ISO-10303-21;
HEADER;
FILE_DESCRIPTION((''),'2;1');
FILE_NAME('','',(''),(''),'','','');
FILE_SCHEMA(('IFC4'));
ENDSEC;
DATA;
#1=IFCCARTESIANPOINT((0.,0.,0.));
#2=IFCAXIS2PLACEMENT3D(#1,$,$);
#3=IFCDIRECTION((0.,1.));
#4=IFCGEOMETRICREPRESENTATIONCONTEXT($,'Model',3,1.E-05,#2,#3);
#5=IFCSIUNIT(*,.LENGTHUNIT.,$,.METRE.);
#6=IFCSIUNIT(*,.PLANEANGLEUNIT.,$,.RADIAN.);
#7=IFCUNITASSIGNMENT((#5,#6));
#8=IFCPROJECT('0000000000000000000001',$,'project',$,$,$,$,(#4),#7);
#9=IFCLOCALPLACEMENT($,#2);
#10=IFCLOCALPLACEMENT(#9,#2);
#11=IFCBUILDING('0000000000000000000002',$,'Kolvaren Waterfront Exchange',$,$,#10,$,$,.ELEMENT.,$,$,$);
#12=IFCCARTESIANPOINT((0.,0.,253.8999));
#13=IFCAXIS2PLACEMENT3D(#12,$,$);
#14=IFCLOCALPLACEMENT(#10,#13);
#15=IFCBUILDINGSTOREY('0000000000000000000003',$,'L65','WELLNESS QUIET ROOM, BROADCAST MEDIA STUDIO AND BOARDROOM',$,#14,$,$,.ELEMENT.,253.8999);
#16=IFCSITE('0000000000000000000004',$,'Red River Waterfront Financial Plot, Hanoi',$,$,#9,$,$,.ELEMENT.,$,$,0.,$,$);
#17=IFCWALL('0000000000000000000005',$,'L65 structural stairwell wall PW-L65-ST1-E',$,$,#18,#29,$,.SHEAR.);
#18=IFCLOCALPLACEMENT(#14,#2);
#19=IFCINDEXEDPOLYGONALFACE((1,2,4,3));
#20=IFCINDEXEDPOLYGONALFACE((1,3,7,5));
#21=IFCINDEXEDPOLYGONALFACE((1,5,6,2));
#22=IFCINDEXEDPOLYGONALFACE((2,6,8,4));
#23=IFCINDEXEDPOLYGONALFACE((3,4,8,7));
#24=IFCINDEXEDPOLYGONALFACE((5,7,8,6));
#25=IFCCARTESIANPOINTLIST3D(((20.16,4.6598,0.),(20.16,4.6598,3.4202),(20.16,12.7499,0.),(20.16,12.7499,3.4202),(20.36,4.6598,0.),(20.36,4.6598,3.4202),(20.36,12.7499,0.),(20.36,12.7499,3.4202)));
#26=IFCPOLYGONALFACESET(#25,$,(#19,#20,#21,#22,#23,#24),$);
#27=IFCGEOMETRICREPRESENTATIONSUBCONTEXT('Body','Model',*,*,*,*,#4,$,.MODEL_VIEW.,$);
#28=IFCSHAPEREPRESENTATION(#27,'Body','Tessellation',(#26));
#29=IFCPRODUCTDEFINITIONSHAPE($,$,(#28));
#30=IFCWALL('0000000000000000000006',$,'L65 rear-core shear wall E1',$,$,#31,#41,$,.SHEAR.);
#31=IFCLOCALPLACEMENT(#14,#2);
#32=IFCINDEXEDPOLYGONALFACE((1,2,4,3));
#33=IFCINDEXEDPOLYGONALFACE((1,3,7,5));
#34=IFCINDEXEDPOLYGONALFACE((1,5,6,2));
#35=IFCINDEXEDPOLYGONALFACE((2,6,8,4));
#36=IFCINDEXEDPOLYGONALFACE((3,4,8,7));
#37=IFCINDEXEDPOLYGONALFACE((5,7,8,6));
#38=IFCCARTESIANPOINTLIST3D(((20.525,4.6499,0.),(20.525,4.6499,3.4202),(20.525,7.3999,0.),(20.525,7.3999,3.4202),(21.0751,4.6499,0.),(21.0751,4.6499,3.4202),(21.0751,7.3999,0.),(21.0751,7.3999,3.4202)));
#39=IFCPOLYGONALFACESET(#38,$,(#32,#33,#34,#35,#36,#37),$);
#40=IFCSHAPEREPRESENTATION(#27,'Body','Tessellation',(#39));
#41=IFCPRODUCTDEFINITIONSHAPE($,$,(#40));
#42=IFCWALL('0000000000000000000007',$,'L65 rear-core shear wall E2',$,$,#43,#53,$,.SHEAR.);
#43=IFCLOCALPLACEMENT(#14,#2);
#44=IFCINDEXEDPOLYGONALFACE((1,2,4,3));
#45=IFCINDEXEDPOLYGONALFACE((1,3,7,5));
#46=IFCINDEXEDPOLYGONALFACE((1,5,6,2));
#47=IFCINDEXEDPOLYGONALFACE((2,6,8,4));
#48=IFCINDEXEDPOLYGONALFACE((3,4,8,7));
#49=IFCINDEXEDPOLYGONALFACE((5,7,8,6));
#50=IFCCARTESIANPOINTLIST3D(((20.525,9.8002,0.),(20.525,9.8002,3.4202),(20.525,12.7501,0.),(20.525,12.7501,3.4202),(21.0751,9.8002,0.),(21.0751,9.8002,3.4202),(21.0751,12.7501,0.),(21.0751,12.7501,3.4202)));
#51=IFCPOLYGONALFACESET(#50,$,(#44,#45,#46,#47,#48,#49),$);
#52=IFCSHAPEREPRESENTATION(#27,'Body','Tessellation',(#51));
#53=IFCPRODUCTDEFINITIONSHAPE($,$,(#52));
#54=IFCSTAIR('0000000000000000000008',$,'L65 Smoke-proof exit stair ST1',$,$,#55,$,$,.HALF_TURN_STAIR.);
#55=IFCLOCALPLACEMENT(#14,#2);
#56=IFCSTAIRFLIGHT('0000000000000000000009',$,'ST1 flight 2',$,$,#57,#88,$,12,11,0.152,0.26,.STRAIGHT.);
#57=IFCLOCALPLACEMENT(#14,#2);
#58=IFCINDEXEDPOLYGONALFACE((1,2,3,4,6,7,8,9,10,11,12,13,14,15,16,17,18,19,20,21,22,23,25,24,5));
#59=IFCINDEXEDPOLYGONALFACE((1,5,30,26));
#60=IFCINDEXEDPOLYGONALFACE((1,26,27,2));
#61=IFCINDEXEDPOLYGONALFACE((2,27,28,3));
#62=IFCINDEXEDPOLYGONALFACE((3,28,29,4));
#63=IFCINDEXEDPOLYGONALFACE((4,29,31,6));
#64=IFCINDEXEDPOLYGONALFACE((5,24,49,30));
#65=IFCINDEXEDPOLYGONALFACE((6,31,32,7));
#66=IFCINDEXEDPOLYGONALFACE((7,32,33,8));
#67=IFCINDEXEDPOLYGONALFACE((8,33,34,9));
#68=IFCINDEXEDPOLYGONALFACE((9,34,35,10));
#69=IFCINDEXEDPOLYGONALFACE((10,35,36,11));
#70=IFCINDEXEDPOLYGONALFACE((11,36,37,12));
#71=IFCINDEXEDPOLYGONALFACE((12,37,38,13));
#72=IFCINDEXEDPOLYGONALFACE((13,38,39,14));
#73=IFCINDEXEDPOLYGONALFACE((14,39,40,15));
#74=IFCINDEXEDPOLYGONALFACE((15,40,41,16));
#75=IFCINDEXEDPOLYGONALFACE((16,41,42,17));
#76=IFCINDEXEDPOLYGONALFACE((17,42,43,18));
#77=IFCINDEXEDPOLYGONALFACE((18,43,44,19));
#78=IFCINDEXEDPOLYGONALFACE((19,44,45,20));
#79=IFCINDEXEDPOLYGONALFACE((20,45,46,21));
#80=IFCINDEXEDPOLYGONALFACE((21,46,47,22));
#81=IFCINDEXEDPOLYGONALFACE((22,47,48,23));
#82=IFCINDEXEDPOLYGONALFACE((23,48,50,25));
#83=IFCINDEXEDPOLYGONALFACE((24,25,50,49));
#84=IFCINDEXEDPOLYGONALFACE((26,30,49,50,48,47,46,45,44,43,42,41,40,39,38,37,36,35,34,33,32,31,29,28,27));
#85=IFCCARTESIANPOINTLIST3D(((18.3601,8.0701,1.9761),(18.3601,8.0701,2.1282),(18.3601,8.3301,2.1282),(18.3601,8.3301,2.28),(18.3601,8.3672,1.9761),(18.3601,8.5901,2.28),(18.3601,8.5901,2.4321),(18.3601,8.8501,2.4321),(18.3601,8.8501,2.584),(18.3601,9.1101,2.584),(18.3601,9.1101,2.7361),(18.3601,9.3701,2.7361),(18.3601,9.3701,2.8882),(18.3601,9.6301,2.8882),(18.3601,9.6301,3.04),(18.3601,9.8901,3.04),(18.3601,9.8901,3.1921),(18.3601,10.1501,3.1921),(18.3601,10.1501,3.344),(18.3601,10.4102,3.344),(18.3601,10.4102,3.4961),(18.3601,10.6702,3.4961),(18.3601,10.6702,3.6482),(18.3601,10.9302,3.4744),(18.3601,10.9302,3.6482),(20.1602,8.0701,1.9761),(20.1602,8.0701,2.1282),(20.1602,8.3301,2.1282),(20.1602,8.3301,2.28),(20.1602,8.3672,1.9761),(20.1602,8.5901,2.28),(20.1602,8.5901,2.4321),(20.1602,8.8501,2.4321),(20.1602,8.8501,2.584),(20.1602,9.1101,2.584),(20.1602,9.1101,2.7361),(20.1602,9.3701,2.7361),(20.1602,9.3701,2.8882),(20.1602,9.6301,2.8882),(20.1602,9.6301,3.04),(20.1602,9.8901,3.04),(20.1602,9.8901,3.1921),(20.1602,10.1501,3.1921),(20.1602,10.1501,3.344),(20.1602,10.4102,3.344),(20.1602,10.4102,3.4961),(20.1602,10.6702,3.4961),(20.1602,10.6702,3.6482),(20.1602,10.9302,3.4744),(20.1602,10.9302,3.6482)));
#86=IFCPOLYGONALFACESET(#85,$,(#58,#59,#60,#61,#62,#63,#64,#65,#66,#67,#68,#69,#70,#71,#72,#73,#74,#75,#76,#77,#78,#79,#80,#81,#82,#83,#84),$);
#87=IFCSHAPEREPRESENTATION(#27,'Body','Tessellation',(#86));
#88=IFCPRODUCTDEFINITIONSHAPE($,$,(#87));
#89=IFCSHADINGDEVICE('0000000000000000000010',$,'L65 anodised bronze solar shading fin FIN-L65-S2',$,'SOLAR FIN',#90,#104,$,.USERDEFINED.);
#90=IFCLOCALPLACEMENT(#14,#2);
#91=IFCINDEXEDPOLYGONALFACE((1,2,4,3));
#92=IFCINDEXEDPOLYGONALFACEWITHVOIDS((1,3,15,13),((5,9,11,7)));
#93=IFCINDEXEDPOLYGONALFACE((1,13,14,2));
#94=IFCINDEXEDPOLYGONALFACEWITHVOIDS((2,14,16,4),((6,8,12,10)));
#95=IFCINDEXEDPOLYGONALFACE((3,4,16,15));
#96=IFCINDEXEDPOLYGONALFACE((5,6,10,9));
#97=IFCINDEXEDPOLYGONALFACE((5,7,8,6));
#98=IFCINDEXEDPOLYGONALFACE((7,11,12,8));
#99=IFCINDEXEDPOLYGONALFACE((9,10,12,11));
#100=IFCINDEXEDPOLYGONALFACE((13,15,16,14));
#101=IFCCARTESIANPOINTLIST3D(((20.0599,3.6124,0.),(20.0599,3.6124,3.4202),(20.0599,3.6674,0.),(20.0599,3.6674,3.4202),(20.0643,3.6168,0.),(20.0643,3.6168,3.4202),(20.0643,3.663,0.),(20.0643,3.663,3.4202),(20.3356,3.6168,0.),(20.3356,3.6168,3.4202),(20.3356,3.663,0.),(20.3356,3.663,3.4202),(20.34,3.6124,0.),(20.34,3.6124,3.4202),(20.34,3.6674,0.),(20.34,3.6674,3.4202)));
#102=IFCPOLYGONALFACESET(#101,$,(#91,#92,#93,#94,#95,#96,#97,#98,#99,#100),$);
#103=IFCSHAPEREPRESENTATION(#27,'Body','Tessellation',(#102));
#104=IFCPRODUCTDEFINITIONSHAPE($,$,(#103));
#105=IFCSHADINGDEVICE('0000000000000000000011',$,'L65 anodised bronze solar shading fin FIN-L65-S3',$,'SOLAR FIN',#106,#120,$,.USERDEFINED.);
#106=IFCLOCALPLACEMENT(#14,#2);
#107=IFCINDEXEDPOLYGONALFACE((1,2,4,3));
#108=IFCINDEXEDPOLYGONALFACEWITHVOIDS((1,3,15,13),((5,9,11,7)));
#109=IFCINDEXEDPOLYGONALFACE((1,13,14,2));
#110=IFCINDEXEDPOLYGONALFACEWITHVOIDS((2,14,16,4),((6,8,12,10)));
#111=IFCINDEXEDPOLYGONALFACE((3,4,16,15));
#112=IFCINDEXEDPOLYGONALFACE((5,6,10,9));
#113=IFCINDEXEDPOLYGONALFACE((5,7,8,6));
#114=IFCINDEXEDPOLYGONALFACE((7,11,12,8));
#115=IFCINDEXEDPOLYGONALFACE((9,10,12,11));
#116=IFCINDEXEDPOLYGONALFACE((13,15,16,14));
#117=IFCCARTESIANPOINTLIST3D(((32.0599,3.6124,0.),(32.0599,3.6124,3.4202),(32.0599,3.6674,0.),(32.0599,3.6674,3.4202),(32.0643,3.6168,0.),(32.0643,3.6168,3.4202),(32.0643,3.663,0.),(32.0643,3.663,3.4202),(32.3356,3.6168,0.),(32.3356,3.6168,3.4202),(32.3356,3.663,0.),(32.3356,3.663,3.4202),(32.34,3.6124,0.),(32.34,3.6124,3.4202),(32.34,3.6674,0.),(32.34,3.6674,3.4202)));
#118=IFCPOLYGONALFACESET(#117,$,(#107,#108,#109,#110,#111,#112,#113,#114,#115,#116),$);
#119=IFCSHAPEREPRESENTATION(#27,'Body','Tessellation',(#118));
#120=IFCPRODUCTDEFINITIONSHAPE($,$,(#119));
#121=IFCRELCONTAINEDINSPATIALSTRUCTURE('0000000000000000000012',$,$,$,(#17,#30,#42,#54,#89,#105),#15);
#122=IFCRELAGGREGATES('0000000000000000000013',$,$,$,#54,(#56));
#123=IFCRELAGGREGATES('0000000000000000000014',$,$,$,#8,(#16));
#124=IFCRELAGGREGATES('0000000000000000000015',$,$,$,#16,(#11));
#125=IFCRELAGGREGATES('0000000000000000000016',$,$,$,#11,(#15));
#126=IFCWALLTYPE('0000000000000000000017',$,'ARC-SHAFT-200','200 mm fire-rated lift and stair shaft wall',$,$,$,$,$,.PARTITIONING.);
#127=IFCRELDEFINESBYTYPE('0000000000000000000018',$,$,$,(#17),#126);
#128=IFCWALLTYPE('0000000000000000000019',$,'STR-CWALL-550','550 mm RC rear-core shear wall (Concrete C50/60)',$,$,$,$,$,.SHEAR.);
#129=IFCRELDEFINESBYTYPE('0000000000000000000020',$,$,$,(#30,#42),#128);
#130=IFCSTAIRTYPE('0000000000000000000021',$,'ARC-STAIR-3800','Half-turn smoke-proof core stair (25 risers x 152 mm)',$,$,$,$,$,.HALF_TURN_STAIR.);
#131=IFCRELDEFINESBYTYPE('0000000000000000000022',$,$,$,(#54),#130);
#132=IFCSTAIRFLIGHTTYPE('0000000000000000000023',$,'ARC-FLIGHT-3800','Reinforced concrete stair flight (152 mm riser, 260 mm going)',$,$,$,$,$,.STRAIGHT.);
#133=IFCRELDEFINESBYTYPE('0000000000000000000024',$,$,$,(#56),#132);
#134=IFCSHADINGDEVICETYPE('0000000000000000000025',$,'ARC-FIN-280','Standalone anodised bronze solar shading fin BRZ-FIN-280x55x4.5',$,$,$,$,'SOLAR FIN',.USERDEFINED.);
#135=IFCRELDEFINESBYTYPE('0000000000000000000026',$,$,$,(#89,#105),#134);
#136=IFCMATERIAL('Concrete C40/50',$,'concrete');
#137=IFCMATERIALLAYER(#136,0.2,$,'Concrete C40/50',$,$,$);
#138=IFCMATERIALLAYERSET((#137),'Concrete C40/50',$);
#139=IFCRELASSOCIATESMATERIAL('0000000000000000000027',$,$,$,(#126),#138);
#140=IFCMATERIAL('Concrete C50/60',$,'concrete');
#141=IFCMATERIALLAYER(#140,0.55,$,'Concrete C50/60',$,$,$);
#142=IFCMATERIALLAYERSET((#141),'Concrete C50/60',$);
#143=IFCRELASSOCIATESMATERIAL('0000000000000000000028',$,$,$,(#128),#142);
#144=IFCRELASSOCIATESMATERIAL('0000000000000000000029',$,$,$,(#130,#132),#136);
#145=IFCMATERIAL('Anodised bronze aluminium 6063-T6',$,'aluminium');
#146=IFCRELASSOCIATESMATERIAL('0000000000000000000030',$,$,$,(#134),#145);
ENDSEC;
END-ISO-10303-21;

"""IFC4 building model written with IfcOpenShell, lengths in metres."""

from ifc_helpers import new_model, si_unit, direction, frame, frame_2d, origin, origin_2d, place, context, subcontext, project, spatial, polyline, rectangle, hollow_rectangle, outline, extrude, material, layer, layer_set, material_profile, profile_set, type_object, element, aggregate, save


model = new_model("IFC4")

# Units and contexts
model_context = context("Model", 3, precision=1e-05, world=origin(), true_north=direction((0.0, 1.0)))
body_context = subcontext(model_context, "Body", "Model", "MODEL_VIEW")
ifc_project = project(units=[si_unit("LENGTHUNIT", "METRE"), si_unit("PLANEANGLEUNIT", "RADIAN")], contexts=[model_context])

# Site, building, storey
site_placement = place(None, origin())
site = spatial("IfcSite", under=ifc_project, at=site_placement, Name="Red River Waterfront Financial Plot, Hanoi", CompositionType="ELEMENT", RefElevation=0.0)
building_placement = place(site_placement, origin())
building = spatial("IfcBuilding", under=site, at=building_placement, Name="Kolvaren Waterfront Exchange", CompositionType="ELEMENT")
storey_placement = place(building_placement, frame((0.0, 0.0, 253.8999)))
storey = spatial("IfcBuildingStorey", under=building, at=storey_placement, Name="L65", Description="WELLNESS QUIET ROOM, BROADCAST MEDIA STUDIO AND BOARDROOM", CompositionType="ELEMENT", Elevation=253.8999)

# Shared definitions
ifc_material_1 = material(Name="Concrete C50/60", Category="concrete")

# Shared definitions
ifc_material_2 = material(Name="Anodised bronze aluminium 6063-T6", Category="aluminium")

# Walls
ifc_material_3 = material(Name="Concrete C40/50", Category="concrete")
ifc_layer_1 = layer(ifc_material_3, 0.2, Name="Concrete C40/50")
ifc_layer_set_1 = layer_set([ifc_layer_1], Name="Concrete C40/50")
wall_type_1 = type_object("IfcWallType", Name="ARC-SHAFT-200", Description="200 mm fire-rated lift and stair shaft wall", PredefinedType="PARTITIONING", material=ifc_layer_set_1)
wall_1_placement = place(storey_placement, frame((20.26, 4.6599, 0.0), z_axis=(0.0, 0.0, 1.0), x_axis=(0.0, 1.0, 0.0)))
element("IfcWall", 1, at=wall_1_placement, inside=storey, type_object=wall_type_1, Name="L65 structural stairwell wall PW-L65-ST1-E", PredefinedType="SHEAR", context=body_context, shape_type="SweptSolid", body=[
    extrude(rectangle(XDim=8.0901, YDim=0.2, at=frame_2d((4.0449, 0.0))), origin(), (0.0, 0.0, 1.0), 3.4202),
])
ifc_layer_2 = layer(ifc_material_1, 0.55, Name="Concrete C50/60")
ifc_layer_set_2 = layer_set([ifc_layer_2], Name="Concrete C50/60")
wall_type_2 = type_object("IfcWallType", Name="STR-CWALL-550", Description="550 mm RC rear-core shear wall (Concrete C50/60)", PredefinedType="SHEAR", material=ifc_layer_set_2)
wall_2_placement = place(storey_placement, frame((20.8, 4.6499, 0.0), z_axis=(0.0, 0.0, 1.0), x_axis=(0.0, 1.0, 0.0)))
element("IfcWall", 2, at=wall_2_placement, inside=storey, type_object=wall_type_2, Name="L65 rear-core shear wall E1", PredefinedType="SHEAR", context=body_context, shape_type="SweptSolid", body=[
    extrude(rectangle(XDim=2.75, YDim=0.55, at=frame_2d((1.375, 0.0))), origin(), (0.0, 0.0, 1.0), 3.4202),
])
wall_3_placement = place(storey_placement, frame((20.8, 9.8, 0.0), z_axis=(0.0, 0.0, 1.0), x_axis=(0.0, 1.0, 0.0)))
element("IfcWall", 3, at=wall_3_placement, inside=storey, type_object=wall_type_2, Name="L65 rear-core shear wall E2", PredefinedType="SHEAR", context=body_context, shape_type="SweptSolid", body=[
    extrude(rectangle(XDim=2.95, YDim=0.55, at=frame_2d((1.4751, 0.0))), origin(), (0.0, 0.0, 1.0), 3.4202),
])

# Stair, stair flight
stair_type = type_object("IfcStairType", Name="ARC-STAIR-3800", Description="Half-turn smoke-proof core stair (25 risers x 152 mm)", PredefinedType="HALF_TURN_STAIR", material=ifc_material_3)
stair_placement = place(storey_placement, origin())
stair = element("IfcStair", 4, at=stair_placement, inside=storey, type_object=stair_type, Name="L65 Smoke-proof exit stair ST1", PredefinedType="HALF_TURN_STAIR")
stair_flight_type = type_object("IfcStairFlightType", Name="ARC-FLIGHT-3800", Description="Reinforced concrete stair flight (152 mm riser, 260 mm going)", PredefinedType="STRAIGHT", material=ifc_material_3)
stair_flight_placement = place(storey_placement, frame((19.26, 8.0701, 1.9761), z_axis=(0.0, 0.0, 1.0), x_axis=(0.0, 1.0, 0.0)))
stair_flight = element("IfcStairFlight", 5, at=stair_flight_placement, type_object=stair_flight_type, Name="ST1 flight 2", NumberOfRisers=12, NumberOfTreads=11, PredefinedType="STRAIGHT", RiserHeight=0.152, TreadLength=0.26, context=body_context, shape_type="SweptSolid", body=[
    extrude(outline(polyline([(0.0, 0.0), (0.0, 0.1521), (0.26, 0.1521), (0.26, 0.304), (0.52, 0.304), (0.52, 0.4561), (0.78, 0.4561), (0.78, 0.6079), (1.04, 0.6079), (1.04, 0.76), (1.3, 0.76), (1.3, 0.9121), (1.5601, 0.9121), (1.5601, 1.064), (1.8201, 1.064), (1.8201, 1.2161), (2.0801, 1.2161), (2.0801, 1.3679), (2.3401, 1.3679), (2.3401, 1.52), (2.6001, 1.52), (2.6001, 1.6721), (2.8601, 1.6721), (2.8601, 1.824), (2.8601, 1.4983), (0.2971, 0.0), (0.0, 0.0)])), frame((0.0, 0.8999, 0.0), z_axis=(0.0, -1.0, 0.0), x_axis=(1.0, 0.0, 0.0)), (0.0, 0.0, 1.0), 1.8),
])
aggregate(stair, [stair_flight])

# Shading devices
ifc_material_profile_1 = material_profile(ifc_material_2, hollow_rectangle(XDim=0.0549, YDim=0.28, WallThickness=0.0044, at=origin_2d()), Name="BRZ-FIN-280x55x4.5")
ifc_profile_set_1 = profile_set([ifc_material_profile_1], Name="Anodised bronze aluminium 6063-T6")
shading_device_type = type_object("IfcShadingDeviceType", Name="ARC-FIN-280", Description="Standalone anodised bronze solar shading fin BRZ-FIN-280x55x4.5", ElementType="SOLAR FIN", PredefinedType="USERDEFINED", material=ifc_profile_set_1)
for number, where, z_axis, x_axis, name in (
    (6, (20.2, 3.6399, 0.0), (0.0, 0.0, 1.0), (0.0, -1.0, 0.0), "L65 anodised bronze solar shading fin FIN-L65-S2"),
    (7, (32.2, 3.6399, 0.0), (0.0, 0.0, 1.0), (0.0, -1.0, 0.0), "L65 anodised bronze solar shading fin FIN-L65-S3"),
):
    element("IfcShadingDevice", number, at=place(storey_placement, frame(where, z_axis=z_axis, x_axis=x_axis)), inside=storey, type_object=shading_device_type, Name=name, ObjectType="SOLAR FIN", PredefinedType="USERDEFINED", context=body_context, shape_type="SweptSolid", body=[
        extrude(hollow_rectangle(XDim=0.0549, YDim=0.28, WallThickness=0.0044, at=origin_2d()), origin(), (0.0, 0.0, 1.0), 3.4202),
    ])

save(model, "model.ifc")
